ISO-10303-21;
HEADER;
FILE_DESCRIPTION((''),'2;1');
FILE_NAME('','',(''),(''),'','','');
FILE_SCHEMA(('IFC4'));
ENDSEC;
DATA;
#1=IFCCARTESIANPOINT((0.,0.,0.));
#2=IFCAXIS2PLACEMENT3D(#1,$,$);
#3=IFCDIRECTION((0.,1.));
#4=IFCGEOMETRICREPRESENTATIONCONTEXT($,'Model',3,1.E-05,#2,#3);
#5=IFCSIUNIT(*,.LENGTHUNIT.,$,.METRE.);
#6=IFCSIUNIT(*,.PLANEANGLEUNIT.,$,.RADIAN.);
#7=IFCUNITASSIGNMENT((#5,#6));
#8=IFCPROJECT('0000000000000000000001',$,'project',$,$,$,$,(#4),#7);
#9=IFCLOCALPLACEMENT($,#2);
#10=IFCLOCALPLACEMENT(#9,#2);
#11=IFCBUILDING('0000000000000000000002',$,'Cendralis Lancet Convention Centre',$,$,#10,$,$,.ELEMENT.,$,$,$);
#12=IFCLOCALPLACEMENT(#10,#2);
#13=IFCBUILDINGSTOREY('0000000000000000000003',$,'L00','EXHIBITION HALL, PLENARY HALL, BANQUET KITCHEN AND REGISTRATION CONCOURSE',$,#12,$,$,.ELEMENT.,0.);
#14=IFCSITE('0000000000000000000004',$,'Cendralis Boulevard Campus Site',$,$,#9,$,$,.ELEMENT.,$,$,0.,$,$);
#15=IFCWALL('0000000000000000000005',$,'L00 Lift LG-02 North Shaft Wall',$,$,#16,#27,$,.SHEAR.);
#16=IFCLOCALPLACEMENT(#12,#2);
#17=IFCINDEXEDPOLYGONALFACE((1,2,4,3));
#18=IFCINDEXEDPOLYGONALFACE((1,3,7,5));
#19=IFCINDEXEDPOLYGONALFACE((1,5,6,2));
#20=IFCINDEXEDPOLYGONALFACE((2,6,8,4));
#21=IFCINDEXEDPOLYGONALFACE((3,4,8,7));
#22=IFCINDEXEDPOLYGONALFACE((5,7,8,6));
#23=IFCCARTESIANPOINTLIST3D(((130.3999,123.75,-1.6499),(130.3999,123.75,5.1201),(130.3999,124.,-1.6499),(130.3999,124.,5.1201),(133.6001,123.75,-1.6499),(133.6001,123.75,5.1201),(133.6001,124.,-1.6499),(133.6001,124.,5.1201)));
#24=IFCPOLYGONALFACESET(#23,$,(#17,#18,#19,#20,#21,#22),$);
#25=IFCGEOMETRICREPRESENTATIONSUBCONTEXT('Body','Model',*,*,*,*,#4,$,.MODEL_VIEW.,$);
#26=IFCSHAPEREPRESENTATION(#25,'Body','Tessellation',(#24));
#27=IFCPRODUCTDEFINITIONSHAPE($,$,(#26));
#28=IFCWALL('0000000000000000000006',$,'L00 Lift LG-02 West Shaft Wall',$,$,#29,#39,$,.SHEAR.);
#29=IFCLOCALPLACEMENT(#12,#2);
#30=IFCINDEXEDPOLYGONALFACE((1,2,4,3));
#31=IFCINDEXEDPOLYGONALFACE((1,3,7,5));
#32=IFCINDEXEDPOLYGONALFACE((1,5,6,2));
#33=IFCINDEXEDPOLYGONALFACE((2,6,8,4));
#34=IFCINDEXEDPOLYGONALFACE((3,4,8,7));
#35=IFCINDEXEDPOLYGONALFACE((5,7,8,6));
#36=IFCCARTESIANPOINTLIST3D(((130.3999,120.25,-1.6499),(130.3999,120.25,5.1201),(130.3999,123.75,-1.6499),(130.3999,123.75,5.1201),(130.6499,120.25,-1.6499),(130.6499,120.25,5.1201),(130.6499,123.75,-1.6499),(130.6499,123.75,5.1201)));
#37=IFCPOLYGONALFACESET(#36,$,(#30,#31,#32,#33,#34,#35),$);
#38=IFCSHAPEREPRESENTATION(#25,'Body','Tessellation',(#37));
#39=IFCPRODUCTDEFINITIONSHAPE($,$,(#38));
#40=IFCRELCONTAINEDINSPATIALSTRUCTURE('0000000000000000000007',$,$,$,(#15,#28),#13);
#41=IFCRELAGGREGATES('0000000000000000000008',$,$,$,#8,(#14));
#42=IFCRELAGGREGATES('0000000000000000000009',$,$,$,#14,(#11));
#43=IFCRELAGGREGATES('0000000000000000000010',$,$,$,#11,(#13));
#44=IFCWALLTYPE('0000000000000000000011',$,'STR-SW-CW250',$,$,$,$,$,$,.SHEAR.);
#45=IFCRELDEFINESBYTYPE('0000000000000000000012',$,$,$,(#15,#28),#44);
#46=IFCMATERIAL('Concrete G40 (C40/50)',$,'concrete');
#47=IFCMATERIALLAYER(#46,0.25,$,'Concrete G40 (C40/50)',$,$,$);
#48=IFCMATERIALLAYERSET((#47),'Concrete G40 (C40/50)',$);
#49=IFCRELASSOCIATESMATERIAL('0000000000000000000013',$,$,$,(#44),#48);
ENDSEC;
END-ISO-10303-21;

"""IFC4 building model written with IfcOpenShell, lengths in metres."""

from ifc_helpers import new_model, si_unit, direction, frame, frame_2d, origin, place, context, subcontext, project, spatial, rectangle, extrude, material, layer, layer_set, type_object, element, save


model = new_model("IFC4")

# Units and contexts
model_context = context("Model", 3, precision=1e-05, world=origin(), true_north=direction((0.0, 1.0)))
body_context = subcontext(model_context, "Body", "Model", "MODEL_VIEW")
ifc_project = project(units=[si_unit("LENGTHUNIT", "METRE"), si_unit("PLANEANGLEUNIT", "RADIAN")], contexts=[model_context])

# Site, building, storey
site_placement = place(None, origin())
site = spatial("IfcSite", under=ifc_project, at=site_placement, Name="Cendralis Boulevard Campus Site", CompositionType="ELEMENT", RefElevation=0.0)
building_placement = place(site_placement, origin())
building = spatial("IfcBuilding", under=site, at=building_placement, Name="Cendralis Lancet Convention Centre", CompositionType="ELEMENT")
storey_placement = place(building_placement, origin())
storey = spatial("IfcBuildingStorey", under=building, at=storey_placement, Name="L00", Description="EXHIBITION HALL, PLENARY HALL, BANQUET KITCHEN AND REGISTRATION CONCOURSE", CompositionType="ELEMENT", Elevation=0.0)

# Shared definitions
ifc_material_1 = material(Name="Concrete G40 (C40/50)", Category="concrete")

# Shared definitions
ifc_layer_1 = layer(ifc_material_1, 0.25, Name="Concrete G40 (C40/50)")
ifc_layer_set_1 = layer_set([ifc_layer_1], Name="Concrete G40 (C40/50)")
wall_type_1 = type_object("IfcWallType", Name="STR-SW-CW250", PredefinedType="SHEAR", material=ifc_layer_set_1)

# Walls
wall_1_placement = place(storey_placement, frame((130.3999, 123.875, -1.6499), z_axis=(0.0, 0.0, 1.0), x_axis=(1.0, 0.0, 0.0)))
element("IfcWall", 1, at=wall_1_placement, inside=storey, type_object=wall_type_1, Name="L00 Lift LG-02 North Shaft Wall", PredefinedType="SHEAR", context=body_context, shape_type="SweptSolid", body=[
    extrude(rectangle(XDim=3.2002, YDim=0.25, at=frame_2d((1.6001, 0.0))), origin(), (0.0, 0.0, 1.0), 6.77),
])
wall_2_placement = place(storey_placement, frame((130.5249, 120.25, -1.6499), z_axis=(0.0, 0.0, 1.0), x_axis=(0.0, 1.0, 0.0)))
element("IfcWall", 2, at=wall_2_placement, inside=storey, type_object=wall_type_1, Name="L00 Lift LG-02 West Shaft Wall", PredefinedType="SHEAR", context=body_context, shape_type="SweptSolid", body=[
    extrude(rectangle(XDim=3.5, YDim=0.25, at=frame_2d((1.75, 0.0))), origin(), (0.0, 0.0, 1.0), 6.77),
])

save(model, "model.ifc")
